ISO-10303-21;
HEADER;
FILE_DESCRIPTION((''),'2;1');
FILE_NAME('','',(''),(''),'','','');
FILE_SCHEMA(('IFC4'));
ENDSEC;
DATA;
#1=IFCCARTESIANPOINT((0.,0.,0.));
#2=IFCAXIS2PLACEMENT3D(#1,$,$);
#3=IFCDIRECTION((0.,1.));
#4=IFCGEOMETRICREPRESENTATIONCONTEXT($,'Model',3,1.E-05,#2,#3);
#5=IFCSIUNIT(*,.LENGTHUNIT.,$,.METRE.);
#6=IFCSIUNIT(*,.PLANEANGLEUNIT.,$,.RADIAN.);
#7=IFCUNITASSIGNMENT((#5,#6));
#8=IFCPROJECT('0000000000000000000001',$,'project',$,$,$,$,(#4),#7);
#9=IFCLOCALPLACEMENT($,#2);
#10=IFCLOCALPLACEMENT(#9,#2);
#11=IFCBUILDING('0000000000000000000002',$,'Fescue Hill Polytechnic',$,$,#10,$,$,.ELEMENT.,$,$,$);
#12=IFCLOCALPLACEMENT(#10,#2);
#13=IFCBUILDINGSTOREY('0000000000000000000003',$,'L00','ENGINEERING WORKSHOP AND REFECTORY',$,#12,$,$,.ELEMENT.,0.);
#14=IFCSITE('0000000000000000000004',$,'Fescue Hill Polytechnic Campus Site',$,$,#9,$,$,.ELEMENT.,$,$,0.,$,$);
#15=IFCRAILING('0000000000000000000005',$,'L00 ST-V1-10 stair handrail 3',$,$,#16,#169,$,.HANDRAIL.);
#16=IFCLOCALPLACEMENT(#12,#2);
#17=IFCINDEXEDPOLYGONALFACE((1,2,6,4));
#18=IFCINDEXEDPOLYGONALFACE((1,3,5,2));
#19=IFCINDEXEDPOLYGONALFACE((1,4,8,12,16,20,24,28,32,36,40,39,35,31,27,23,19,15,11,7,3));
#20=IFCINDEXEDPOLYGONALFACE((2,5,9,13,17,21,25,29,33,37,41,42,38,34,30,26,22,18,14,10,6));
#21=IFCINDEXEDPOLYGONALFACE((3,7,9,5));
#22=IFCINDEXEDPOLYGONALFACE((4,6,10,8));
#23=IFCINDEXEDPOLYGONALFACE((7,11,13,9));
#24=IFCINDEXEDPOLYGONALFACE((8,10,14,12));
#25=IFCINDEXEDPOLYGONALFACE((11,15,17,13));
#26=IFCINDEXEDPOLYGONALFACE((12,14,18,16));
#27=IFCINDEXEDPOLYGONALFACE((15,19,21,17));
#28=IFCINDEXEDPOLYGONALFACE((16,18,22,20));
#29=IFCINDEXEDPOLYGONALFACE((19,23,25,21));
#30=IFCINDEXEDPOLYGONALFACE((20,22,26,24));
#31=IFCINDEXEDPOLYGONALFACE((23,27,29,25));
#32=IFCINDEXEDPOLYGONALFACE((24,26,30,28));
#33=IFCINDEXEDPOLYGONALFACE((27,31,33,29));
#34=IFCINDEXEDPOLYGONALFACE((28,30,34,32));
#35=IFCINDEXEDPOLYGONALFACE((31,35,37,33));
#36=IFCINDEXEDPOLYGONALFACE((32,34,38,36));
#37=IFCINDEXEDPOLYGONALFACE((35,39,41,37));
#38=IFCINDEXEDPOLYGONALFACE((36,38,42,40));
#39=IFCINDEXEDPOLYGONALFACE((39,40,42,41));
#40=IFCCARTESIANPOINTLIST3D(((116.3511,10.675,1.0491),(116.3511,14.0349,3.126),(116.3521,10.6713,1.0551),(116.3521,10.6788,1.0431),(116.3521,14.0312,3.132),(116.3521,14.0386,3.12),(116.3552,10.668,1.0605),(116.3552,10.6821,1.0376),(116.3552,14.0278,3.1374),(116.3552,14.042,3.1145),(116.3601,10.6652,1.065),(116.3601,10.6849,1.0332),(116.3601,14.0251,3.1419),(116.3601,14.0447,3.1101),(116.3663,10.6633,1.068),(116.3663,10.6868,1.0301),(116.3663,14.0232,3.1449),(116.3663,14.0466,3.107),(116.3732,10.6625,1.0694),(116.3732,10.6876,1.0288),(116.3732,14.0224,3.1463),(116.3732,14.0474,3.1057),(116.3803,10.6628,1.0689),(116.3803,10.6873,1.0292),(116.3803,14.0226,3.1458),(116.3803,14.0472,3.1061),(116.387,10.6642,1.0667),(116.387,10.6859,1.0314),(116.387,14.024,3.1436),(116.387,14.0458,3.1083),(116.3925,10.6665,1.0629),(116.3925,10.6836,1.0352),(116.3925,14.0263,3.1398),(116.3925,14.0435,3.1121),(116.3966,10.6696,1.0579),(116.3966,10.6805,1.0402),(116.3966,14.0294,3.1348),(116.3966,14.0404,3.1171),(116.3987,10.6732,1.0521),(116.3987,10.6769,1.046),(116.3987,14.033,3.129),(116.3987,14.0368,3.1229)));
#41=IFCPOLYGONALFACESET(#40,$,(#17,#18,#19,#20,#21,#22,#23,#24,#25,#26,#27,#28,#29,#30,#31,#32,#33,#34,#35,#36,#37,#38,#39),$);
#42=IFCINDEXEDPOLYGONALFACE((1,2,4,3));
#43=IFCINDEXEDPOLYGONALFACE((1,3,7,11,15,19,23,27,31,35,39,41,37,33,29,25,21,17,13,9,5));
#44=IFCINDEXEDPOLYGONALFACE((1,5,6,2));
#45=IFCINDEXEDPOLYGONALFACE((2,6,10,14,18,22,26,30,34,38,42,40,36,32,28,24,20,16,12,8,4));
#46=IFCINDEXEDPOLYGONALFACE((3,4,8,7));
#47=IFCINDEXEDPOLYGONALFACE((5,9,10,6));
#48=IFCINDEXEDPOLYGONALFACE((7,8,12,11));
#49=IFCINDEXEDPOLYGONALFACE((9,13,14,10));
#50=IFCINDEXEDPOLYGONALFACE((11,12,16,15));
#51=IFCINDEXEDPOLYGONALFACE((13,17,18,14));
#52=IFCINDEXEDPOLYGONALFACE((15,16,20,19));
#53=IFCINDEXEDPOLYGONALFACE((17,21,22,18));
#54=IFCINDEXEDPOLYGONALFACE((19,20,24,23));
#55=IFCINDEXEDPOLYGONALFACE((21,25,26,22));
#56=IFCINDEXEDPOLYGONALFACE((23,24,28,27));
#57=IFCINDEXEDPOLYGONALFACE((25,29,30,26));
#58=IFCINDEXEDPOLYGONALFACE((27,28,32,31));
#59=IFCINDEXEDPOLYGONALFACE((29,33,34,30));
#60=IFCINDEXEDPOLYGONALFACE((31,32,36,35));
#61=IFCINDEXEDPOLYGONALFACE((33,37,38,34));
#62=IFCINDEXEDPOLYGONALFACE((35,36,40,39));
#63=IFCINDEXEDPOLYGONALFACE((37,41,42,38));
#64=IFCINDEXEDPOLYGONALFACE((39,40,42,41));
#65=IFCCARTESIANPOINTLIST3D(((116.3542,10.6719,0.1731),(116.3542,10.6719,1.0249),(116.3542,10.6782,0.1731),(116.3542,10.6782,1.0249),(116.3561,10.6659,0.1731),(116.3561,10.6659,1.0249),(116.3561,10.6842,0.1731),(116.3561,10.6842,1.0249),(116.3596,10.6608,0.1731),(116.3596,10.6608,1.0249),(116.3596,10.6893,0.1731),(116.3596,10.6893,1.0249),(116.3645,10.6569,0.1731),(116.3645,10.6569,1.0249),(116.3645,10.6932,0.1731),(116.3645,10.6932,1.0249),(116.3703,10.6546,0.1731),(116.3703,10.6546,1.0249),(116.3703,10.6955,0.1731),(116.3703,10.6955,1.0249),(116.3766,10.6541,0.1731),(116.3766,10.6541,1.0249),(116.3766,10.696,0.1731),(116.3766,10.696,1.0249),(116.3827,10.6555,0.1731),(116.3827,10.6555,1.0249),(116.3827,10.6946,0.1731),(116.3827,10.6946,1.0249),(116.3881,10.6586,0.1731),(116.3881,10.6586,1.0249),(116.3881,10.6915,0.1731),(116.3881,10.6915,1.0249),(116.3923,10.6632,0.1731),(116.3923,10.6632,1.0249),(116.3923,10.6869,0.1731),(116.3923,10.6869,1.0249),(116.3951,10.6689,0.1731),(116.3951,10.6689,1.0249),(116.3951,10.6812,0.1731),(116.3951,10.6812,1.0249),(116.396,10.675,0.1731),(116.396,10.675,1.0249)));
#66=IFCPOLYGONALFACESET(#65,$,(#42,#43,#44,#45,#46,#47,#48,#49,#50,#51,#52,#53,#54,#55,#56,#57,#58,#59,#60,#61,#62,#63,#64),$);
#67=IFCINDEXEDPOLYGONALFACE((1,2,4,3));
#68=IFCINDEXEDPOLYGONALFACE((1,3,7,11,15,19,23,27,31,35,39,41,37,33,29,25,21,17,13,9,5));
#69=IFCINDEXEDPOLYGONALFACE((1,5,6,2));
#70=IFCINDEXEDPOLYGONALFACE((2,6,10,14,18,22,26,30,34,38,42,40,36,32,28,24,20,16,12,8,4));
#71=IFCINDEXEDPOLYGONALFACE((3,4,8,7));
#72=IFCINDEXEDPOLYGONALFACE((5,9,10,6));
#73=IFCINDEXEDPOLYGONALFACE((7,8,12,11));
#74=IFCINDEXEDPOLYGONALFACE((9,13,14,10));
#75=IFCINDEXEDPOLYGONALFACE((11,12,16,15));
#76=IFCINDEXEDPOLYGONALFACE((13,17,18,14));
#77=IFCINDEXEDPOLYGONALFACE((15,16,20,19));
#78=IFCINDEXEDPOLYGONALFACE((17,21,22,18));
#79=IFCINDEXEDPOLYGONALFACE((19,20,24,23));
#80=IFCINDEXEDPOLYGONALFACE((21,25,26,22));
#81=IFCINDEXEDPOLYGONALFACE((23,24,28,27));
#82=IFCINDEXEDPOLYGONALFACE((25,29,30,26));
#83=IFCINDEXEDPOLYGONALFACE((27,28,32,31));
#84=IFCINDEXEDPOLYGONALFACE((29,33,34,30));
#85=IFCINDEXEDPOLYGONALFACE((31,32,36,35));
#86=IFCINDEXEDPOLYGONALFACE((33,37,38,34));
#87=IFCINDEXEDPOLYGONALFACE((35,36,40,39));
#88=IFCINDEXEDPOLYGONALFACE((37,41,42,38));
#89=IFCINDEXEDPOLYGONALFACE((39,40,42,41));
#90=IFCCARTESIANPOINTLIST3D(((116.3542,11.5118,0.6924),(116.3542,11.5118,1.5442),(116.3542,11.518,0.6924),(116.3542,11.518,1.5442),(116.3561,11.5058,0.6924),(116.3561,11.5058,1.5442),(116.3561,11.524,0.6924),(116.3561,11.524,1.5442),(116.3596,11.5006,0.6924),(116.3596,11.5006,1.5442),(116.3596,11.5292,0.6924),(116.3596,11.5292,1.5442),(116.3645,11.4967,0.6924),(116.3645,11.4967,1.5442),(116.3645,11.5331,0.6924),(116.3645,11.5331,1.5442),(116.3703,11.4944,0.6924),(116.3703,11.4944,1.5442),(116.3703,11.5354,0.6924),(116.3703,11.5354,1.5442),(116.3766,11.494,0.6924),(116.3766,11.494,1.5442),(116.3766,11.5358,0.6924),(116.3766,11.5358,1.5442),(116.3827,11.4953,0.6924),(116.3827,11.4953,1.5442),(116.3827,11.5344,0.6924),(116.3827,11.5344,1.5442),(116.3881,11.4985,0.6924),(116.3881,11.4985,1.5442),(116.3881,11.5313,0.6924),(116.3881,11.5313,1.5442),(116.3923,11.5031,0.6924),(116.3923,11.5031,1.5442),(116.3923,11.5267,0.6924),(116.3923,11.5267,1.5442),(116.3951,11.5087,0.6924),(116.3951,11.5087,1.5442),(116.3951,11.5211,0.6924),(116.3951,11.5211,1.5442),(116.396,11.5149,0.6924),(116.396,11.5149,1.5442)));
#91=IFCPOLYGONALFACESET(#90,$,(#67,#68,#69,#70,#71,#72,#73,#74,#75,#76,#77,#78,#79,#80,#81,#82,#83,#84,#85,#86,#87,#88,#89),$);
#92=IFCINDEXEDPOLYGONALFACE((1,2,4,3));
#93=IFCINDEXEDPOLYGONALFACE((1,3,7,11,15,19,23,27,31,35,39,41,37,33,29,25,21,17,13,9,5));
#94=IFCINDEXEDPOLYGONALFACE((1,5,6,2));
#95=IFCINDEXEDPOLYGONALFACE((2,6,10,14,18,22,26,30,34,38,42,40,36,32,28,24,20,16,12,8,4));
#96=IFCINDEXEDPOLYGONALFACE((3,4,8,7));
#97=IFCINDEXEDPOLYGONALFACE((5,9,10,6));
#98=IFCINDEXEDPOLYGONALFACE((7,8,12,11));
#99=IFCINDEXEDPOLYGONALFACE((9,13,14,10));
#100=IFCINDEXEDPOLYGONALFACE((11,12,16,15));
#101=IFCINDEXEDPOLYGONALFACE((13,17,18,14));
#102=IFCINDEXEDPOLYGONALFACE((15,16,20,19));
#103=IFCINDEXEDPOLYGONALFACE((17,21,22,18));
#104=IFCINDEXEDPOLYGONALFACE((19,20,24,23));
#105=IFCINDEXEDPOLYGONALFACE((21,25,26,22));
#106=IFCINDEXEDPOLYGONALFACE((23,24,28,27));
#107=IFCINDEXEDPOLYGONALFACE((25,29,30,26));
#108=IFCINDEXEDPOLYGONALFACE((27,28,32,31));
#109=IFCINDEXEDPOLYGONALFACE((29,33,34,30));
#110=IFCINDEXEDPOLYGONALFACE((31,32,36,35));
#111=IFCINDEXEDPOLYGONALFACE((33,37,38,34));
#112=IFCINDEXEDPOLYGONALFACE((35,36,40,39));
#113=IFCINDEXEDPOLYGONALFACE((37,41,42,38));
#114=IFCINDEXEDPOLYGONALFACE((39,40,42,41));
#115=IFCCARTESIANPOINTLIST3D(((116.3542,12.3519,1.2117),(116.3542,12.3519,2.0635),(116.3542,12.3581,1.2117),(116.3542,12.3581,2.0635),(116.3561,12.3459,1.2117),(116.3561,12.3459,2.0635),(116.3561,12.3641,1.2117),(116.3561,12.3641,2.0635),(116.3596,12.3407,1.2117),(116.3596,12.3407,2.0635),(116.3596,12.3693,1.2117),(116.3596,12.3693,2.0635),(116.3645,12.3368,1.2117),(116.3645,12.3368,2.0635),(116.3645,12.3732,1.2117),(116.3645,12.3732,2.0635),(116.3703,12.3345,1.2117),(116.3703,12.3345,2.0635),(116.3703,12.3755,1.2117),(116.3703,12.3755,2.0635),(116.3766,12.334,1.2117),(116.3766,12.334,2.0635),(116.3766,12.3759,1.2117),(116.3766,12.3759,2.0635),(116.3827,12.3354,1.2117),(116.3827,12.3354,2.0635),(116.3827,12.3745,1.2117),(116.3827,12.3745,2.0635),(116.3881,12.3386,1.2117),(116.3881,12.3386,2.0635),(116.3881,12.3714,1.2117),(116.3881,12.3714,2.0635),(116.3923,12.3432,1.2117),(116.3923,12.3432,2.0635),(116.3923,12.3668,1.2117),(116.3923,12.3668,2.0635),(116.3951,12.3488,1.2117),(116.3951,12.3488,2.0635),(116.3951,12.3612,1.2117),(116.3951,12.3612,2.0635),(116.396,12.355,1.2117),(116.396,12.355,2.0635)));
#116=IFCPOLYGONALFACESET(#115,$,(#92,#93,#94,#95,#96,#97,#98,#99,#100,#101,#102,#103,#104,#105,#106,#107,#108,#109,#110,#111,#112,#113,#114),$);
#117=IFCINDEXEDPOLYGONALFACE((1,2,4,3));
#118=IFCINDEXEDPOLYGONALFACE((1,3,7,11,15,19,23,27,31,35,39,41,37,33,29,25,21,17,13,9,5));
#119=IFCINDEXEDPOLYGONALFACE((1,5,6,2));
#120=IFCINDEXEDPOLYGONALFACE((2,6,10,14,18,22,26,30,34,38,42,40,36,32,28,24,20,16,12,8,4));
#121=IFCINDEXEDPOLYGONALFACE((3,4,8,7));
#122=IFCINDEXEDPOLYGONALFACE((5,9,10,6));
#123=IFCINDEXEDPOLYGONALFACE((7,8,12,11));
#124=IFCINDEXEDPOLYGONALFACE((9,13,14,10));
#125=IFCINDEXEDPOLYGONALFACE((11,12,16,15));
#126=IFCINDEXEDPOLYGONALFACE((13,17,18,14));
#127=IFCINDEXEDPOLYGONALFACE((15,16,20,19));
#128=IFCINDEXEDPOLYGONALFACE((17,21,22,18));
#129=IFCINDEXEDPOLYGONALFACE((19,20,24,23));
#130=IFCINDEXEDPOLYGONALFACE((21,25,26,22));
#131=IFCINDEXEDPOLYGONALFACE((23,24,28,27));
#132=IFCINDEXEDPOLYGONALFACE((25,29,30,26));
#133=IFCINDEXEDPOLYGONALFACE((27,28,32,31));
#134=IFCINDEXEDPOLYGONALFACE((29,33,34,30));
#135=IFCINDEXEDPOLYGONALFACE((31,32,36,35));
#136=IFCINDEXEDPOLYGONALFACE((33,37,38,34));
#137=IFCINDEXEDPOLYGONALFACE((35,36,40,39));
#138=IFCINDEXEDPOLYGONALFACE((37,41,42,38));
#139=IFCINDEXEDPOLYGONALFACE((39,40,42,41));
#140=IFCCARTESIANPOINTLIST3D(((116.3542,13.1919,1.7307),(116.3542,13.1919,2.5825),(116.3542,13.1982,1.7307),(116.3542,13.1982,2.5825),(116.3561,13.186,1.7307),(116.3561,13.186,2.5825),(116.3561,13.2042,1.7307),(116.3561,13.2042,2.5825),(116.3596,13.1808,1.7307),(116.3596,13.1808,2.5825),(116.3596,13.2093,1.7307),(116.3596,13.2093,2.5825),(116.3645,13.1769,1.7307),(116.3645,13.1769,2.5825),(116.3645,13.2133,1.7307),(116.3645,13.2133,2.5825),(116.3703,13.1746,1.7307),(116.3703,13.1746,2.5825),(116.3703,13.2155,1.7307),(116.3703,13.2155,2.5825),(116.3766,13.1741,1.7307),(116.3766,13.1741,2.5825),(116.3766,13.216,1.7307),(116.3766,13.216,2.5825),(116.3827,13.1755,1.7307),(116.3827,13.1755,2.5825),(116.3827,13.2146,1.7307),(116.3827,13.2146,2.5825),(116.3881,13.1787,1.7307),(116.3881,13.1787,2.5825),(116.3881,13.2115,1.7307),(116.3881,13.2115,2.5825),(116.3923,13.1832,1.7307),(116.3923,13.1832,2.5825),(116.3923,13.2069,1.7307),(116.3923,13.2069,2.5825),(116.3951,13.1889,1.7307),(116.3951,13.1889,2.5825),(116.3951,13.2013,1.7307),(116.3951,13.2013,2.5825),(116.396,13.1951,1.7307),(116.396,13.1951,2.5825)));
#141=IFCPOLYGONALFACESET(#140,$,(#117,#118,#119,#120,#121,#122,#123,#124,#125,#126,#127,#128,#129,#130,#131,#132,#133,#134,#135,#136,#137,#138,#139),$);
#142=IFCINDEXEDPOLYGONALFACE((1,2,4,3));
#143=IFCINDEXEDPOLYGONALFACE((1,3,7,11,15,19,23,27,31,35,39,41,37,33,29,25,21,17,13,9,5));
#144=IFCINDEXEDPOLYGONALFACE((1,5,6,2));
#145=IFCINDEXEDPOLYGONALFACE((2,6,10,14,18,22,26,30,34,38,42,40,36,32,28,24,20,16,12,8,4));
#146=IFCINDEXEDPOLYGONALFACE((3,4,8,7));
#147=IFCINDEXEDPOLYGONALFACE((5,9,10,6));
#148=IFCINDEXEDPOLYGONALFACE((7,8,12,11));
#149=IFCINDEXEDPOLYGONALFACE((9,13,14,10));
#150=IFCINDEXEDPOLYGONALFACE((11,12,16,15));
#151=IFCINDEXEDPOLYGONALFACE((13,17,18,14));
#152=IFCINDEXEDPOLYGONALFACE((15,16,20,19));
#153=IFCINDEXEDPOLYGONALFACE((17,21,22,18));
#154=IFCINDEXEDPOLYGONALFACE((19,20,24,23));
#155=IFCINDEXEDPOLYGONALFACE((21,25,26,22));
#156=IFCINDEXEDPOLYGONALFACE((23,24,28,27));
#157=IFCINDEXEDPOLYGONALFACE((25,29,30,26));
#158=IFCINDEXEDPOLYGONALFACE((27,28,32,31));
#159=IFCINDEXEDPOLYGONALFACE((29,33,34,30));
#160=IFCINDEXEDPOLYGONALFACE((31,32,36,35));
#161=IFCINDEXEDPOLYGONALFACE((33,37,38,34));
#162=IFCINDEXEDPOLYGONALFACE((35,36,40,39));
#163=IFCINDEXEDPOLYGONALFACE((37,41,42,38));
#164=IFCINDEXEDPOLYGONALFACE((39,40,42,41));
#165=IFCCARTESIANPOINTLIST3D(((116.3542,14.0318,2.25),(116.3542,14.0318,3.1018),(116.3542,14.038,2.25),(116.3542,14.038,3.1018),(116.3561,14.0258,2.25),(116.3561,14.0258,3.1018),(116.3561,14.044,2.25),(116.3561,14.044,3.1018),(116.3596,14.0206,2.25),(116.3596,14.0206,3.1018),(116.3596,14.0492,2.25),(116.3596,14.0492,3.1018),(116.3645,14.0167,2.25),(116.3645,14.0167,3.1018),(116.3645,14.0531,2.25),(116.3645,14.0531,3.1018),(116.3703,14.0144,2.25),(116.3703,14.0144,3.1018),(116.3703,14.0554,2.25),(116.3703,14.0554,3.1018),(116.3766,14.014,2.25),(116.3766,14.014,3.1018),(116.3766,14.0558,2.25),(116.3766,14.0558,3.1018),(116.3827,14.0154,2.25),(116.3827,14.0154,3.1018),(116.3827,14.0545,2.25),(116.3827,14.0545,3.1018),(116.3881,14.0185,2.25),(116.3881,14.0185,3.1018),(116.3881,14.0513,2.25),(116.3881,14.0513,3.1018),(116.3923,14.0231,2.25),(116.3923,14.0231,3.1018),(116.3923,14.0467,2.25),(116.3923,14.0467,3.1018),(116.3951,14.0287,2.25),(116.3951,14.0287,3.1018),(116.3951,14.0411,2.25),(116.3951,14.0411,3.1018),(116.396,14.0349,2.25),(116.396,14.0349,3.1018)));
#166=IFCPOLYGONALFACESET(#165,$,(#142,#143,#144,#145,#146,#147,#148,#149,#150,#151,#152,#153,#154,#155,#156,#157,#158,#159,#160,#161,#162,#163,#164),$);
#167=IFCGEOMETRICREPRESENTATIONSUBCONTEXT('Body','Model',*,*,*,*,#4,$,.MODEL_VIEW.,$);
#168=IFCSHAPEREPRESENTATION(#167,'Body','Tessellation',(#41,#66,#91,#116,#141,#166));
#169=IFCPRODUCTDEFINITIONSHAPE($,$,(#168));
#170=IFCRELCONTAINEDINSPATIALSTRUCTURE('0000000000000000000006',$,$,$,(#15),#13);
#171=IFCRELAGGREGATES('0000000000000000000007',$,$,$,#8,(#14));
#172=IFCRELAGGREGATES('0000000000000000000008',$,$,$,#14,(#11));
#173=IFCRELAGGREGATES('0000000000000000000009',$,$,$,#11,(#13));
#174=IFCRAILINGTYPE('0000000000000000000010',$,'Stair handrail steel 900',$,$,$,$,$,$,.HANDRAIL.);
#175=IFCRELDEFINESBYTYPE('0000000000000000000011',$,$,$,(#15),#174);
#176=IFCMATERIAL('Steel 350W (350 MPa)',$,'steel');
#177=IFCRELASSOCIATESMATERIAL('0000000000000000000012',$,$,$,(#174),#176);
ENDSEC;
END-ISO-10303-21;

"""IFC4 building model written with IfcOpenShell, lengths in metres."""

from ifc_helpers import new_model, si_unit, direction, frame, origin, origin_2d, place, context, subcontext, project, spatial, circle, extrude, material, type_object, element, save


model = new_model("IFC4")

# Units and contexts
model_context = context("Model", 3, precision=1e-05, world=origin(), true_north=direction((0.0, 1.0)))
body_context = subcontext(model_context, "Body", "Model", "MODEL_VIEW")
ifc_project = project(units=[si_unit("LENGTHUNIT", "METRE"), si_unit("PLANEANGLEUNIT", "RADIAN")], contexts=[model_context])

# Site, building, storey
site_placement = place(None, origin())
site = spatial("IfcSite", under=ifc_project, at=site_placement, Name="Fescue Hill Polytechnic Campus Site", CompositionType="ELEMENT", RefElevation=0.0)
building_placement = place(site_placement, origin())
building = spatial("IfcBuilding", under=site, at=building_placement, Name="Fescue Hill Polytechnic", CompositionType="ELEMENT")
storey_placement = place(building_placement, origin())
storey = spatial("IfcBuildingStorey", under=building, at=storey_placement, Name="L00", Description="ENGINEERING WORKSHOP AND REFECTORY", CompositionType="ELEMENT", Elevation=0.0)

# Railing
ifc_material_1 = material(Name="Steel 350W (350 MPa)", Category="steel")
railing_type_1 = type_object("IfcRailingType", Name="Stair handrail steel 900", PredefinedType="HANDRAIL", material=ifc_material_1)
for number, where, name in (
    (1, (116.375, 10.675, 0.1731), "L00 ST-V1-10 stair handrail 3"),
):
    element("IfcRailing", number, at=place(storey_placement, frame(where)), inside=storey, type_object=railing_type_1, Name=name, PredefinedType="HANDRAIL", context=body_context, shape_type="SweptSolid", body=[
        extrude(circle(Radius=0.0239, at=origin_2d()), frame((0.0, 0.0, 0.876), z_axis=(0.0, 0.850606, 0.525803), x_axis=(-1.0, 0.0, 0.0)), (0.0, 0.0, 1.0), 3.95),
        extrude(circle(Radius=0.021, at=origin_2d()), origin(), (0.0, 0.0, 1.0), 0.8518),
        extrude(circle(Radius=0.021, at=origin_2d()), frame((0.0, 0.8398, 0.5193)), (0.0, 0.0, 1.0), 0.8518),
        extrude(circle(Radius=0.021, at=origin_2d()), frame((0.0, 1.6799, 1.0386)), (0.0, 0.0, 1.0), 0.8518),
        extrude(circle(Radius=0.021, at=origin_2d()), frame((0.0, 2.52, 1.5576)), (0.0, 0.0, 1.0), 0.8518),
        extrude(circle(Radius=0.021, at=origin_2d()), frame((0.0, 3.3599, 2.0769)), (0.0, 0.0, 1.0), 0.8518),
    ])

save(model, "model.ifc")
